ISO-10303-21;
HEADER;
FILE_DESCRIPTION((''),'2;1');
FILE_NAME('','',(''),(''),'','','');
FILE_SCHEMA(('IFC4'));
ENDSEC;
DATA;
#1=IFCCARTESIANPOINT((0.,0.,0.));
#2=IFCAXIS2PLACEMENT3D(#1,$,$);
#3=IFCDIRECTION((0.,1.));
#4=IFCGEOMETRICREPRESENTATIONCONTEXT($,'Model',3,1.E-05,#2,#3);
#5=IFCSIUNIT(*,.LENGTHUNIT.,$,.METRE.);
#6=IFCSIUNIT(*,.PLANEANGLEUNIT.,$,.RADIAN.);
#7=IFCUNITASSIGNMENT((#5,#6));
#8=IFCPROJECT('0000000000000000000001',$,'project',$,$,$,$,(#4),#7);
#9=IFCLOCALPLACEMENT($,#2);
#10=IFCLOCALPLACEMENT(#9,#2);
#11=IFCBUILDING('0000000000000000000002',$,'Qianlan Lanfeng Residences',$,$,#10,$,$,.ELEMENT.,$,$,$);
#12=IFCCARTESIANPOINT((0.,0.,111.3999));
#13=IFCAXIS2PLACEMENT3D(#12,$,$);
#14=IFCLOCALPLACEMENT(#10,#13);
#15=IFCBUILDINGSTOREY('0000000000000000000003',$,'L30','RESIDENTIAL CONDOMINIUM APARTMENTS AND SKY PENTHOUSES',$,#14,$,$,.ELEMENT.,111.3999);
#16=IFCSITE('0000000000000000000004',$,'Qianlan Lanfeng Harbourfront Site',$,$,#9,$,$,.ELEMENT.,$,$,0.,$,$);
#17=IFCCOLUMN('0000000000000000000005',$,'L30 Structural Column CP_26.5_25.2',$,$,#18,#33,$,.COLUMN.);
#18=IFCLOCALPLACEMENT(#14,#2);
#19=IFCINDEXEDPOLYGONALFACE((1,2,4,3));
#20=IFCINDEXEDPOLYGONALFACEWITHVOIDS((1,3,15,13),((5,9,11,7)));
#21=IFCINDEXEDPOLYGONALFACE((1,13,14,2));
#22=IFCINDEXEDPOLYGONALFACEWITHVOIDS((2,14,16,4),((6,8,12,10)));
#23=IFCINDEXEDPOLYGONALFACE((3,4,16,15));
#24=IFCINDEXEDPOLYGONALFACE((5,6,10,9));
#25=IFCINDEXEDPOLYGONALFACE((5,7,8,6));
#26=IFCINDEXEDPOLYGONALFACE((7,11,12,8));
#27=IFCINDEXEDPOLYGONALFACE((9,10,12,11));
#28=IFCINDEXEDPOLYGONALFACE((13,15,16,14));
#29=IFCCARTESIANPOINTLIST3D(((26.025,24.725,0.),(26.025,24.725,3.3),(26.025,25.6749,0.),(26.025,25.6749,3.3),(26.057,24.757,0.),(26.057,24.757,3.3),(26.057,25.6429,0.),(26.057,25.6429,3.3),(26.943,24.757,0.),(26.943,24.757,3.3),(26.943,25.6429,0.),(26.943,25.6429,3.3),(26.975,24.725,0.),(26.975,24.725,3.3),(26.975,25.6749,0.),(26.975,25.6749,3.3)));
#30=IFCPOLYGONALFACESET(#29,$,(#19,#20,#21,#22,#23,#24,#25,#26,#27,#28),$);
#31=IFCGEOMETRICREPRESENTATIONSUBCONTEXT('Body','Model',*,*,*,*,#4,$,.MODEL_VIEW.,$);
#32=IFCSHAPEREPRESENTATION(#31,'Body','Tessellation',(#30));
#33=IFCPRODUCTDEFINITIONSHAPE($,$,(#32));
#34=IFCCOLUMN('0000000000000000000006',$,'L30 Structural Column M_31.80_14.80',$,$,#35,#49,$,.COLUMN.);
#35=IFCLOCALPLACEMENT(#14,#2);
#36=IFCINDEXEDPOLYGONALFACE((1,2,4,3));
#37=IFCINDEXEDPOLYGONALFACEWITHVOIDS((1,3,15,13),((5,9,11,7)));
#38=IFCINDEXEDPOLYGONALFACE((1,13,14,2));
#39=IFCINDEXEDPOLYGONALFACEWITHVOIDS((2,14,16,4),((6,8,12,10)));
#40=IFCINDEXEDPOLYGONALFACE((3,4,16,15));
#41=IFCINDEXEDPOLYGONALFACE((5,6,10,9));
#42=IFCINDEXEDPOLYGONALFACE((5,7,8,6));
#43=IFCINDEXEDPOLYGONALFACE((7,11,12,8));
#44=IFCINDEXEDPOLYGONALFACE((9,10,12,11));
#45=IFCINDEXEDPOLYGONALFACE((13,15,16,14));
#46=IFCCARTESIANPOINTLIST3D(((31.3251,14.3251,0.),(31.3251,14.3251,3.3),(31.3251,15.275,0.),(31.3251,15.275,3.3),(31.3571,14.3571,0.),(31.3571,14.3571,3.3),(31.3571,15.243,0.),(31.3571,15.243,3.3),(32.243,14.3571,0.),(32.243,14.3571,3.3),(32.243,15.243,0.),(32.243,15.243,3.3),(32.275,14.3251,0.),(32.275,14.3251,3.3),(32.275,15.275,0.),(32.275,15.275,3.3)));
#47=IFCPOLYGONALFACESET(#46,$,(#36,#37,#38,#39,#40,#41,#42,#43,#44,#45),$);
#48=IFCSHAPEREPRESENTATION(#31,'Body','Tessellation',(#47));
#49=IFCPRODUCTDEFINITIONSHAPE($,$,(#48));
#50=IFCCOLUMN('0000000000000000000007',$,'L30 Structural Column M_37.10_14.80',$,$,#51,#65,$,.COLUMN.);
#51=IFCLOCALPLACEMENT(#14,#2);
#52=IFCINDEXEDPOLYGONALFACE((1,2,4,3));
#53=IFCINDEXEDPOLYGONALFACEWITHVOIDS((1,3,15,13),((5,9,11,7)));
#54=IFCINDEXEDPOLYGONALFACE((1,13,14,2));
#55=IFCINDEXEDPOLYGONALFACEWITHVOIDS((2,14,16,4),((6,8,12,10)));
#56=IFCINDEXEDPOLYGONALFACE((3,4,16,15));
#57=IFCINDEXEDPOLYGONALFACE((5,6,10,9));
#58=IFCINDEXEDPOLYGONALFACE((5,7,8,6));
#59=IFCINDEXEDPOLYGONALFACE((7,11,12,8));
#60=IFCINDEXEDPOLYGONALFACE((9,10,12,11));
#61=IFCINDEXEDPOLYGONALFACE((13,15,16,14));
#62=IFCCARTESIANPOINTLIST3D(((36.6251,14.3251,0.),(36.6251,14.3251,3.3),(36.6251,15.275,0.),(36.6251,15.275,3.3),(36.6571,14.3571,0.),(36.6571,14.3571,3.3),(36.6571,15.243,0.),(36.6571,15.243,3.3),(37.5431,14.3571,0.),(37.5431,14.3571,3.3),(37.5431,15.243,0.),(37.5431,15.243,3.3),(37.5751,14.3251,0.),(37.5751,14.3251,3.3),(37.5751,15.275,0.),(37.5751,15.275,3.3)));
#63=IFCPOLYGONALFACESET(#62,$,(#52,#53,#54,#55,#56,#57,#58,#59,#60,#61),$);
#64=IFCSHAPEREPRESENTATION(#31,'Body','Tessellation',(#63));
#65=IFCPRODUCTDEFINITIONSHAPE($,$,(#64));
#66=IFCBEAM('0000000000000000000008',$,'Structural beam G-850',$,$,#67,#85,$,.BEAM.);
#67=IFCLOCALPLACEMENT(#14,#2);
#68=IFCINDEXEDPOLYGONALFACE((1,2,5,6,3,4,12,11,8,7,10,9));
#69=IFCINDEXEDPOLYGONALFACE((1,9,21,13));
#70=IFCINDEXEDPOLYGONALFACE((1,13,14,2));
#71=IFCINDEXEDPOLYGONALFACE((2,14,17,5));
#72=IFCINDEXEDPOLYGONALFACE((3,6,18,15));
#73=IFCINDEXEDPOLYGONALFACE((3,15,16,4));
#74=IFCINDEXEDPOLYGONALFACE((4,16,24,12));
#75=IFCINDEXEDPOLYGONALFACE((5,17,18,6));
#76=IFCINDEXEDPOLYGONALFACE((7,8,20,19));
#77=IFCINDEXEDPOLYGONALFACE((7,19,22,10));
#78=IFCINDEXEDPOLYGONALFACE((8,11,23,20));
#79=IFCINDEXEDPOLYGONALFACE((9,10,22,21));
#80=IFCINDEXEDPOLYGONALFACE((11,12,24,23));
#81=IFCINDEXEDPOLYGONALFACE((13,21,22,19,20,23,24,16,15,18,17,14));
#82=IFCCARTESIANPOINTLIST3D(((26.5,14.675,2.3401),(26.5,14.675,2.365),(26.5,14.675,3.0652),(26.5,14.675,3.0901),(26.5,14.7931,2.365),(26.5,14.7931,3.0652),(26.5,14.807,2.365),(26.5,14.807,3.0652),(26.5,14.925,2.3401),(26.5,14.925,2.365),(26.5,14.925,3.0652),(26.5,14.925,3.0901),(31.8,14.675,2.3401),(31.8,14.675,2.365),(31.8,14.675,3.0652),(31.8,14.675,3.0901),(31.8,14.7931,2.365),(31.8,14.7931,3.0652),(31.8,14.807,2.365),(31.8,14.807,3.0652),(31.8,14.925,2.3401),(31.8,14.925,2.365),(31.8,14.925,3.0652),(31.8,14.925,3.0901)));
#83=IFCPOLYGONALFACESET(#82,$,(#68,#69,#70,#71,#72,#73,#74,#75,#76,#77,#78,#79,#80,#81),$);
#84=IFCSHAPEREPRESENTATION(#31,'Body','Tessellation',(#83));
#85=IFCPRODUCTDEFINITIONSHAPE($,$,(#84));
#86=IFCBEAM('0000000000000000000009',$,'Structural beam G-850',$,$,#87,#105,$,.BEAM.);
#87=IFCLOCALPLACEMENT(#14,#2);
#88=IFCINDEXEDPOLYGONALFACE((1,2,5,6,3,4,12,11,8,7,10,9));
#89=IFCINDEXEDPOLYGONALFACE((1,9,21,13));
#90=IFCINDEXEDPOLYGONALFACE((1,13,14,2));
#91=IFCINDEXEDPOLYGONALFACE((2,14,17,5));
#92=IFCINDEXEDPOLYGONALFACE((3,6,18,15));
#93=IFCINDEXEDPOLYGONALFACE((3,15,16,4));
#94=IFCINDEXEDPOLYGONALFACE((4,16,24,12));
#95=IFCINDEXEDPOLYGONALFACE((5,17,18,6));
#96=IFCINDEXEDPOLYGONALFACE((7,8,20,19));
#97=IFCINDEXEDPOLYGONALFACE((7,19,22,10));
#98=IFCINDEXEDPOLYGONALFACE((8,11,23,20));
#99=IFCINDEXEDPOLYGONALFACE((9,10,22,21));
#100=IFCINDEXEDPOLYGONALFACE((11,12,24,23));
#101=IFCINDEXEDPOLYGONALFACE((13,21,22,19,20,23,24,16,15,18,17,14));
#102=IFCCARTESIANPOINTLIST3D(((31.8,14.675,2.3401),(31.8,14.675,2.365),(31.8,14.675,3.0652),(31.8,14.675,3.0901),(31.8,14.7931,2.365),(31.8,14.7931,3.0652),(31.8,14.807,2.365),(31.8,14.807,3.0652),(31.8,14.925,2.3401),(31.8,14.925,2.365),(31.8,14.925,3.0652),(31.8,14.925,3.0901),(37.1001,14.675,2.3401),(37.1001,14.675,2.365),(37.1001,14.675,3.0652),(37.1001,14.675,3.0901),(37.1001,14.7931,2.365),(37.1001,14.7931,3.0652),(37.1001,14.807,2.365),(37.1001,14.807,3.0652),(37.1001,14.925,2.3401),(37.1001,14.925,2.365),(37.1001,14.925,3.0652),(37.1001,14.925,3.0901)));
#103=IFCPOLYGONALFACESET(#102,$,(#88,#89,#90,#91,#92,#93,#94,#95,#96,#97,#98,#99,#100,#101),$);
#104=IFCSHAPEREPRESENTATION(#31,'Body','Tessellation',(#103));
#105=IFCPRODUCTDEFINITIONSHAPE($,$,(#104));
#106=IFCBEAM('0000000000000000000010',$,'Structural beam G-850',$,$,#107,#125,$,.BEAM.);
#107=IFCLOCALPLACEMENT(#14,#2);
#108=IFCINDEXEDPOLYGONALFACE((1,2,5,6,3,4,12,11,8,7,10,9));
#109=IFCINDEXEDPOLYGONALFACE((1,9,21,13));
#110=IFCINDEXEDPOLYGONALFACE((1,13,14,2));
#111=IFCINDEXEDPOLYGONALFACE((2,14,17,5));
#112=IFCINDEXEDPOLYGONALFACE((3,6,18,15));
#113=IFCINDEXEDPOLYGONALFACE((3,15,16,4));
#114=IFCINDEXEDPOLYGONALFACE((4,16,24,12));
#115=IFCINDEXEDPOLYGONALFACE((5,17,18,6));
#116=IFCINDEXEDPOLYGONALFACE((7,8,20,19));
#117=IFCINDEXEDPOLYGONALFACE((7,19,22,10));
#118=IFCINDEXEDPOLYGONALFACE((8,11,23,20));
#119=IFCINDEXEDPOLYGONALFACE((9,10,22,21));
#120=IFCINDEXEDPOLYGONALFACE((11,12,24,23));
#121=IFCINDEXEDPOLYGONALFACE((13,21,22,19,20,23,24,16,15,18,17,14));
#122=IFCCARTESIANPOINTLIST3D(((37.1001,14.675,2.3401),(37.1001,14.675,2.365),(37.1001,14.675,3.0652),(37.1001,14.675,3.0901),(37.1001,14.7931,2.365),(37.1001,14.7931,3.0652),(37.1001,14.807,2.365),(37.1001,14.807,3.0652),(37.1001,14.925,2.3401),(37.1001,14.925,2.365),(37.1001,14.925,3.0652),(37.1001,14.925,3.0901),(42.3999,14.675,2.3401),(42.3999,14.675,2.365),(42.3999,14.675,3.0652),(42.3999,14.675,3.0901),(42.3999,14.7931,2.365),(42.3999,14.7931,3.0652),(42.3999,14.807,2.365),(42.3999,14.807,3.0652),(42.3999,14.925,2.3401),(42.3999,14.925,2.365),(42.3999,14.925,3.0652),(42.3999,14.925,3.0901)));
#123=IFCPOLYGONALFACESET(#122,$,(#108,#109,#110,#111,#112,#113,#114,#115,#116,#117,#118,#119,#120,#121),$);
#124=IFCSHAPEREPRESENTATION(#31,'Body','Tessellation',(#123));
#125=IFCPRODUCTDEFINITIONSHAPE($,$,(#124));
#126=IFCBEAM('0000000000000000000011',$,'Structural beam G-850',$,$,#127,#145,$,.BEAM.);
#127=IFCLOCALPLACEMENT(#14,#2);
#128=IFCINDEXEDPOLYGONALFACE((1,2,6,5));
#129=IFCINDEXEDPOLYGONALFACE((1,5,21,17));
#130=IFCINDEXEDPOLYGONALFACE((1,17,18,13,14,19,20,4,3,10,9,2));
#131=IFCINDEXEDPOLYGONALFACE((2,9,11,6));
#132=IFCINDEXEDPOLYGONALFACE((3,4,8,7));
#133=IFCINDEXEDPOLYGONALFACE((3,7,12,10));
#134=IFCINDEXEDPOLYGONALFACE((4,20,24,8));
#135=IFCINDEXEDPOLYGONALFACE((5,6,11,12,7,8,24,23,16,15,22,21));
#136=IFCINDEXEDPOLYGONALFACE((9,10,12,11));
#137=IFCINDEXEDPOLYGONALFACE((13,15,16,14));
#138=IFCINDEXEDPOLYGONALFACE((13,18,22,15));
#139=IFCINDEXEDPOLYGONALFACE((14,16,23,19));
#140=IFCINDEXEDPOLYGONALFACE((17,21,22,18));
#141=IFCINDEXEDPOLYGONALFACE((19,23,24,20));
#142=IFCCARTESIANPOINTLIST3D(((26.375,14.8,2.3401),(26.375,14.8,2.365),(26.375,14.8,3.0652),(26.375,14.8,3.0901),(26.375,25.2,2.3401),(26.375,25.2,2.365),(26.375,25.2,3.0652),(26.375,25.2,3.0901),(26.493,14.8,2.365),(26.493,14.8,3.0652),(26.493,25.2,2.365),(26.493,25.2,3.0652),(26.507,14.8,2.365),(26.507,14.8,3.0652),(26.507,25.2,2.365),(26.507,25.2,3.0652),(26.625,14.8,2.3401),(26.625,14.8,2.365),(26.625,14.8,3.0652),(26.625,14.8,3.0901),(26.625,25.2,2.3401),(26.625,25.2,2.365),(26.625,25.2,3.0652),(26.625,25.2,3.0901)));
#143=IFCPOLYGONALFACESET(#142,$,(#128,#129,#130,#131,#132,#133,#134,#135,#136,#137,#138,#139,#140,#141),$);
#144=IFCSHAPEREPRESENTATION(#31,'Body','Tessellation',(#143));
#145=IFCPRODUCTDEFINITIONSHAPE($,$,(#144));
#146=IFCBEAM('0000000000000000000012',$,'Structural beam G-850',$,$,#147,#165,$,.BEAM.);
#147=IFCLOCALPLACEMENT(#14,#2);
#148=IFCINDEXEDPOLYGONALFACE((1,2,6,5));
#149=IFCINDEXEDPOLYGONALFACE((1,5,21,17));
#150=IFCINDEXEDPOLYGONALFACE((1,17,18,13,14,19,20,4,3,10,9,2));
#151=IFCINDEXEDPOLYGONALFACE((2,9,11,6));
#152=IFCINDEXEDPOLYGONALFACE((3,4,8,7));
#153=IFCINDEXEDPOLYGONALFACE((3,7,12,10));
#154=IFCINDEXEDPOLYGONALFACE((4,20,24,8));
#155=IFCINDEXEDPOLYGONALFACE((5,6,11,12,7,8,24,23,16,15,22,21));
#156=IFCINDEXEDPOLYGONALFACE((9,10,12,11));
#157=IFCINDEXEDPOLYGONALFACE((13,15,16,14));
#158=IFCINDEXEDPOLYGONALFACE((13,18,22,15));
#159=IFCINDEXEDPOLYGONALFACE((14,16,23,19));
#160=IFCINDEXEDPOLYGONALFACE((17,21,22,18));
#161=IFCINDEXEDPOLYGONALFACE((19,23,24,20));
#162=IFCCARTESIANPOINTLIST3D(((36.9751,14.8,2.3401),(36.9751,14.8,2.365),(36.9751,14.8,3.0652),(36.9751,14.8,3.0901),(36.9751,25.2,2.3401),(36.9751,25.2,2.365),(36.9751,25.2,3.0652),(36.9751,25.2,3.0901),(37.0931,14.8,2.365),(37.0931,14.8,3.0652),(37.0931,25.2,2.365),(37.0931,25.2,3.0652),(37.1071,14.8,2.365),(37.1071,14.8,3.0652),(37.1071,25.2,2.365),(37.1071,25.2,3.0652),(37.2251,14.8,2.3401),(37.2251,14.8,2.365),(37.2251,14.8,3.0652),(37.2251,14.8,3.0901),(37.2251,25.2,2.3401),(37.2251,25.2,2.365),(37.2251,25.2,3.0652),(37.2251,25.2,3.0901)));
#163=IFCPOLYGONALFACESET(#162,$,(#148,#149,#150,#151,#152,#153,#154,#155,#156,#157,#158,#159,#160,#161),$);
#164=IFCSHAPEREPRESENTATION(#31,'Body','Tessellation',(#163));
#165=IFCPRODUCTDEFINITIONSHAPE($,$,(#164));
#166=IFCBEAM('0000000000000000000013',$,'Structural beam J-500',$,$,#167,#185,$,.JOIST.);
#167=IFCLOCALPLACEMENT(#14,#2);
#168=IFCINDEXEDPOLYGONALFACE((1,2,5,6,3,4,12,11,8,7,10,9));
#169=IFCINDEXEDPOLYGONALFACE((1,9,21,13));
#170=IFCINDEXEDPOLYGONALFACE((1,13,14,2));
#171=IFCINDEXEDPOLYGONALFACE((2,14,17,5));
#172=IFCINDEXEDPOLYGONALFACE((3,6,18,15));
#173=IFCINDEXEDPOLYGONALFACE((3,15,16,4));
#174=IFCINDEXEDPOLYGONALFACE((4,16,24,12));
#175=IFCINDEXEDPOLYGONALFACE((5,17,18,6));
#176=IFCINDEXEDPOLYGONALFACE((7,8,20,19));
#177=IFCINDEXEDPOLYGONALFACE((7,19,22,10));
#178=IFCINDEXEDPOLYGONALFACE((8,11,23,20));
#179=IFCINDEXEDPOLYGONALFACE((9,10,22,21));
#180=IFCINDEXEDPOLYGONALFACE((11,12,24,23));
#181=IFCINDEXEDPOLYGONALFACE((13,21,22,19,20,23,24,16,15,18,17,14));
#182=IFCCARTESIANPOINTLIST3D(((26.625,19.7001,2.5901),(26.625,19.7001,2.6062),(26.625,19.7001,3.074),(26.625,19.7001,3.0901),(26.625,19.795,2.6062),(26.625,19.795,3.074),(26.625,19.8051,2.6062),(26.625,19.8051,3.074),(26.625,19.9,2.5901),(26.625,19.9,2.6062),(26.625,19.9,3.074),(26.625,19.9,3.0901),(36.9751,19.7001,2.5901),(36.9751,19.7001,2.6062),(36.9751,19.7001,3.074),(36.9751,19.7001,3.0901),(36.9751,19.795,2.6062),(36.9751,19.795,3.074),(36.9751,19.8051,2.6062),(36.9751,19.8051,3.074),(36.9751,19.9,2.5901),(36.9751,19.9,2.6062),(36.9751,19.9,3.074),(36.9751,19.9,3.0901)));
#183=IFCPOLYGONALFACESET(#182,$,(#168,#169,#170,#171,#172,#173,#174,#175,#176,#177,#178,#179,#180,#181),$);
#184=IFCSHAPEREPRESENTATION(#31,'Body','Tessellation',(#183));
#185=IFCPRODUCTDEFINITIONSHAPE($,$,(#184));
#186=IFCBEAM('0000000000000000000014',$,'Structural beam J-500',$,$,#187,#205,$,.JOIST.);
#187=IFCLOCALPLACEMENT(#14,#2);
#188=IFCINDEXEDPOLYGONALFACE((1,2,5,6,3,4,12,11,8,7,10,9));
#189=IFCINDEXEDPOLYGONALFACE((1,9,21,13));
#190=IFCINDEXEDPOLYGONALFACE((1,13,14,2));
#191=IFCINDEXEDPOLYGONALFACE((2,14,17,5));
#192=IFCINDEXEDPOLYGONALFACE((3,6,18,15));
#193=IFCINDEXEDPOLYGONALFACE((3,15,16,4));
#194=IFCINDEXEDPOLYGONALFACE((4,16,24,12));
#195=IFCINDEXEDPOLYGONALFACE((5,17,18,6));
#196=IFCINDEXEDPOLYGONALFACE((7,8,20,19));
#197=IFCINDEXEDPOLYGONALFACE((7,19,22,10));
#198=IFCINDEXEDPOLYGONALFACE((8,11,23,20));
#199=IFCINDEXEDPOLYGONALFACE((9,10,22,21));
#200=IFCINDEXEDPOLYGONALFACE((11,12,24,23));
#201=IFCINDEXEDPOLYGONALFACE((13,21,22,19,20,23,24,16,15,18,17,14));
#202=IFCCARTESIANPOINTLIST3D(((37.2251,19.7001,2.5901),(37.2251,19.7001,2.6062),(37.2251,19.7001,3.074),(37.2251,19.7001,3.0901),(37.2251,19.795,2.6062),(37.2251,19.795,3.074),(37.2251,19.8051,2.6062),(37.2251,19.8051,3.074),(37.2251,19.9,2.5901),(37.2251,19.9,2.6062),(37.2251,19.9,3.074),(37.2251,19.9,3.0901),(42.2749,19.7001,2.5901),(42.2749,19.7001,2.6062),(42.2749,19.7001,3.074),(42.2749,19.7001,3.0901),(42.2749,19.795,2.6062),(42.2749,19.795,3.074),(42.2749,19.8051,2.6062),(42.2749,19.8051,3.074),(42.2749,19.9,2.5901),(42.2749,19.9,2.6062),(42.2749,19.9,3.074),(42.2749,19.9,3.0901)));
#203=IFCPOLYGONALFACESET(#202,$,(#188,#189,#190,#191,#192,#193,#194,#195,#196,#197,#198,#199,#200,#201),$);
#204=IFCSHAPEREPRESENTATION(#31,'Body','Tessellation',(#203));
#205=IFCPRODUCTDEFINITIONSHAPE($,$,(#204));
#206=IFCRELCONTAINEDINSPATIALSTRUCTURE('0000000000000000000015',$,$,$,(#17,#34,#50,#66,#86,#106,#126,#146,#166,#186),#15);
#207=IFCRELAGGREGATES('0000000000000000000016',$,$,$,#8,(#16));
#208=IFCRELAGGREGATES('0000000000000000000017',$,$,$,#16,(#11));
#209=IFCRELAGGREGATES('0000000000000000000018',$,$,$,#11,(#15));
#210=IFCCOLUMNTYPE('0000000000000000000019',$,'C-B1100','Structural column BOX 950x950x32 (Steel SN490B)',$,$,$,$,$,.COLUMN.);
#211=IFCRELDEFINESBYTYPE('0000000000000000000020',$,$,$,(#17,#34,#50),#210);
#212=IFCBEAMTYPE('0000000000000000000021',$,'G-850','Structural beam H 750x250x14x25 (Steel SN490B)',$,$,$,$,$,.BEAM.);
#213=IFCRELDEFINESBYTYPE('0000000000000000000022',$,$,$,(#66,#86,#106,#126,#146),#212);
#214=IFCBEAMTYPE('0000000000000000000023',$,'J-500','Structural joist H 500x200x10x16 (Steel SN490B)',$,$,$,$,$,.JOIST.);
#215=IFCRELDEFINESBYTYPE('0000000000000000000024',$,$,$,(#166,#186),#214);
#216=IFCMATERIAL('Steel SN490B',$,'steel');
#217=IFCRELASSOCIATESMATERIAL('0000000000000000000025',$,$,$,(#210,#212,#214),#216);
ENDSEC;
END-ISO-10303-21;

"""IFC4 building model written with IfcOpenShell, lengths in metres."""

from ifc_helpers import new_model, si_unit, direction, frame, origin, origin_2d, place, context, subcontext, project, spatial, hollow_rectangle, i_section, extrude, material, material_profile, profile_set, type_object, element, save


model = new_model("IFC4")

# Units and contexts
model_context = context("Model", 3, precision=1e-05, world=origin(), true_north=direction((0.0, 1.0)))
body_context = subcontext(model_context, "Body", "Model", "MODEL_VIEW")
ifc_project = project(units=[si_unit("LENGTHUNIT", "METRE"), si_unit("PLANEANGLEUNIT", "RADIAN")], contexts=[model_context])

# Site, building, storey
site_placement = place(None, origin())
site = spatial("IfcSite", under=ifc_project, at=site_placement, Name="Qianlan Lanfeng Harbourfront Site", CompositionType="ELEMENT", RefElevation=0.0)
building_placement = place(site_placement, origin())
building = spatial("IfcBuilding", under=site, at=building_placement, Name="Qianlan Lanfeng Residences", CompositionType="ELEMENT")
storey_placement = place(building_placement, frame((0.0, 0.0, 111.3999)))
storey = spatial("IfcBuildingStorey", under=building, at=storey_placement, Name="L30", Description="RESIDENTIAL CONDOMINIUM APARTMENTS AND SKY PENTHOUSES", CompositionType="ELEMENT", Elevation=111.3999)

# Columns
ifc_material_1 = material(Name="Steel SN490B", Category="steel")
ifc_material_profile_1 = material_profile(ifc_material_1, hollow_rectangle(XDim=0.95, YDim=0.95, WallThickness=0.032, at=origin_2d()), Name="BOX 950x950x32")
ifc_profile_set_1 = profile_set([ifc_material_profile_1], Name="Steel SN490B")
column_type = type_object("IfcColumnType", Name="C-B1100", Description="Structural column BOX 950x950x32 (Steel SN490B)", PredefinedType="COLUMN", material=ifc_profile_set_1)
for number, where, z_axis, x_axis, name in (
    (1, (26.5, 25.2, 0.0), (0.0, 0.0, 1.0), (1.0, 0.0, 0.0), "L30 Structural Column CP_26.5_25.2"),
    (2, (31.8, 14.8, 0.0), (0.0, 0.0, 1.0), (1.0, 0.0, 0.0), "L30 Structural Column M_31.80_14.80"),
    (3, (37.1001, 14.8, 0.0), (0.0, 0.0, 1.0), (1.0, 0.0, 0.0), "L30 Structural Column M_37.10_14.80"),
):
    element("IfcColumn", number, at=place(storey_placement, frame(where, z_axis=z_axis, x_axis=x_axis)), inside=storey, type_object=column_type, Name=name, PredefinedType="COLUMN", context=body_context, shape_type="SweptSolid", body=[
        extrude(hollow_rectangle(XDim=0.95, YDim=0.95, WallThickness=0.032, at=origin_2d()), origin(), (0.0, 0.0, 1.0), 3.3),
    ])

# Beams
ifc_material_profile_2 = material_profile(ifc_material_1, i_section(OverallWidth=0.25, OverallDepth=0.75, WebThickness=0.0139, FlangeThickness=0.0249, at=origin_2d()), Name="H 750x250x14x25")
ifc_profile_set_2 = profile_set([ifc_material_profile_2], Name="Steel SN490B")
beam_type_1 = type_object("IfcBeamType", Name="G-850", Description="Structural beam H 750x250x14x25 (Steel SN490B)", PredefinedType="BEAM", material=ifc_profile_set_2)
for number, where, z_axis, x_axis, name in (
    (4, (26.5, 14.8, 2.7151), (1.0, 0.0, 0.0), (0.0, 1.0, 0.0), "Structural beam G-850"),
    (5, (31.8, 14.8, 2.7151), (1.0, 0.0, 0.0), (0.0, 1.0, 0.0), "Structural beam G-850"),
):
    element("IfcBeam", number, at=place(storey_placement, frame(where, z_axis=z_axis, x_axis=x_axis)), inside=storey, type_object=beam_type_1, Name=name, PredefinedType="BEAM", context=body_context, shape_type="SweptSolid", body=[
        extrude(i_section(OverallWidth=0.25, OverallDepth=0.75, WebThickness=0.0139, FlangeThickness=0.0249, at=origin_2d()), origin(), (0.0, 0.0, 1.0), 5.3),
    ])
beam_1_placement = place(storey_placement, frame((37.1001, 14.8, 2.7151), z_axis=(1.0, 0.0, 0.0), x_axis=(0.0, 1.0, 0.0)))
element("IfcBeam", 6, at=beam_1_placement, inside=storey, type_object=beam_type_1, Name="Structural beam G-850", PredefinedType="BEAM", context=body_context, shape_type="SweptSolid", body=[
    extrude(i_section(OverallWidth=0.25, OverallDepth=0.75, WebThickness=0.0139, FlangeThickness=0.0249, at=origin_2d()), origin(), (0.0, 0.0, 1.0), 5.2998),
])
for number, where, z_axis, x_axis, name in (
    (7, (26.5, 14.8, 2.7151), (0.0, 1.0, 0.0), (-1.0, 0.0, 0.0), "Structural beam G-850"),
    (8, (37.1001, 14.8, 2.7151), (0.0, 1.0, 0.0), (-1.0, 0.0, 0.0), "Structural beam G-850"),
):
    element("IfcBeam", number, at=place(storey_placement, frame(where, z_axis=z_axis, x_axis=x_axis)), inside=storey, type_object=beam_type_1, Name=name, PredefinedType="BEAM", context=body_context, shape_type="SweptSolid", body=[
        extrude(i_section(OverallWidth=0.25, OverallDepth=0.75, WebThickness=0.0139, FlangeThickness=0.0249, at=origin_2d()), origin(), (0.0, 0.0, 1.0), 10.3999),
    ])
ifc_material_profile_3 = material_profile(ifc_material_1, i_section(OverallWidth=0.2, OverallDepth=0.5, WebThickness=0.01, FlangeThickness=0.0161, at=origin_2d()), Name="H 500x200x10x16")
ifc_profile_set_3 = profile_set([ifc_material_profile_3], Name="Steel SN490B")
beam_type_2 = type_object("IfcBeamType", Name="J-500", Description="Structural joist H 500x200x10x16 (Steel SN490B)", PredefinedType="JOIST", material=ifc_profile_set_3)
beam_2_placement = place(storey_placement, frame((26.625, 19.8, 2.8401), z_axis=(1.0, 0.0, 0.0), x_axis=(0.0, 1.0, 0.0)))
element("IfcBeam", 9, at=beam_2_placement, inside=storey, type_object=beam_type_2, Name="Structural beam J-500", PredefinedType="JOIST", context=body_context, shape_type="SweptSolid", body=[
    extrude(i_section(OverallWidth=0.2, OverallDepth=0.5, WebThickness=0.01, FlangeThickness=0.0161, at=origin_2d()), origin(), (0.0, 0.0, 1.0), 10.3501),
])
beam_3_placement = place(storey_placement, frame((37.2251, 19.8, 2.8401), z_axis=(1.0, 0.0, 0.0), x_axis=(0.0, 1.0, 0.0)))
element("IfcBeam", 10, at=beam_3_placement, inside=storey, type_object=beam_type_2, Name="Structural beam J-500", PredefinedType="JOIST", context=body_context, shape_type="SweptSolid", body=[
    extrude(i_section(OverallWidth=0.2, OverallDepth=0.5, WebThickness=0.01, FlangeThickness=0.0161, at=origin_2d()), origin(), (0.0, 0.0, 1.0), 5.0498),
])

save(model, "model.ifc")
